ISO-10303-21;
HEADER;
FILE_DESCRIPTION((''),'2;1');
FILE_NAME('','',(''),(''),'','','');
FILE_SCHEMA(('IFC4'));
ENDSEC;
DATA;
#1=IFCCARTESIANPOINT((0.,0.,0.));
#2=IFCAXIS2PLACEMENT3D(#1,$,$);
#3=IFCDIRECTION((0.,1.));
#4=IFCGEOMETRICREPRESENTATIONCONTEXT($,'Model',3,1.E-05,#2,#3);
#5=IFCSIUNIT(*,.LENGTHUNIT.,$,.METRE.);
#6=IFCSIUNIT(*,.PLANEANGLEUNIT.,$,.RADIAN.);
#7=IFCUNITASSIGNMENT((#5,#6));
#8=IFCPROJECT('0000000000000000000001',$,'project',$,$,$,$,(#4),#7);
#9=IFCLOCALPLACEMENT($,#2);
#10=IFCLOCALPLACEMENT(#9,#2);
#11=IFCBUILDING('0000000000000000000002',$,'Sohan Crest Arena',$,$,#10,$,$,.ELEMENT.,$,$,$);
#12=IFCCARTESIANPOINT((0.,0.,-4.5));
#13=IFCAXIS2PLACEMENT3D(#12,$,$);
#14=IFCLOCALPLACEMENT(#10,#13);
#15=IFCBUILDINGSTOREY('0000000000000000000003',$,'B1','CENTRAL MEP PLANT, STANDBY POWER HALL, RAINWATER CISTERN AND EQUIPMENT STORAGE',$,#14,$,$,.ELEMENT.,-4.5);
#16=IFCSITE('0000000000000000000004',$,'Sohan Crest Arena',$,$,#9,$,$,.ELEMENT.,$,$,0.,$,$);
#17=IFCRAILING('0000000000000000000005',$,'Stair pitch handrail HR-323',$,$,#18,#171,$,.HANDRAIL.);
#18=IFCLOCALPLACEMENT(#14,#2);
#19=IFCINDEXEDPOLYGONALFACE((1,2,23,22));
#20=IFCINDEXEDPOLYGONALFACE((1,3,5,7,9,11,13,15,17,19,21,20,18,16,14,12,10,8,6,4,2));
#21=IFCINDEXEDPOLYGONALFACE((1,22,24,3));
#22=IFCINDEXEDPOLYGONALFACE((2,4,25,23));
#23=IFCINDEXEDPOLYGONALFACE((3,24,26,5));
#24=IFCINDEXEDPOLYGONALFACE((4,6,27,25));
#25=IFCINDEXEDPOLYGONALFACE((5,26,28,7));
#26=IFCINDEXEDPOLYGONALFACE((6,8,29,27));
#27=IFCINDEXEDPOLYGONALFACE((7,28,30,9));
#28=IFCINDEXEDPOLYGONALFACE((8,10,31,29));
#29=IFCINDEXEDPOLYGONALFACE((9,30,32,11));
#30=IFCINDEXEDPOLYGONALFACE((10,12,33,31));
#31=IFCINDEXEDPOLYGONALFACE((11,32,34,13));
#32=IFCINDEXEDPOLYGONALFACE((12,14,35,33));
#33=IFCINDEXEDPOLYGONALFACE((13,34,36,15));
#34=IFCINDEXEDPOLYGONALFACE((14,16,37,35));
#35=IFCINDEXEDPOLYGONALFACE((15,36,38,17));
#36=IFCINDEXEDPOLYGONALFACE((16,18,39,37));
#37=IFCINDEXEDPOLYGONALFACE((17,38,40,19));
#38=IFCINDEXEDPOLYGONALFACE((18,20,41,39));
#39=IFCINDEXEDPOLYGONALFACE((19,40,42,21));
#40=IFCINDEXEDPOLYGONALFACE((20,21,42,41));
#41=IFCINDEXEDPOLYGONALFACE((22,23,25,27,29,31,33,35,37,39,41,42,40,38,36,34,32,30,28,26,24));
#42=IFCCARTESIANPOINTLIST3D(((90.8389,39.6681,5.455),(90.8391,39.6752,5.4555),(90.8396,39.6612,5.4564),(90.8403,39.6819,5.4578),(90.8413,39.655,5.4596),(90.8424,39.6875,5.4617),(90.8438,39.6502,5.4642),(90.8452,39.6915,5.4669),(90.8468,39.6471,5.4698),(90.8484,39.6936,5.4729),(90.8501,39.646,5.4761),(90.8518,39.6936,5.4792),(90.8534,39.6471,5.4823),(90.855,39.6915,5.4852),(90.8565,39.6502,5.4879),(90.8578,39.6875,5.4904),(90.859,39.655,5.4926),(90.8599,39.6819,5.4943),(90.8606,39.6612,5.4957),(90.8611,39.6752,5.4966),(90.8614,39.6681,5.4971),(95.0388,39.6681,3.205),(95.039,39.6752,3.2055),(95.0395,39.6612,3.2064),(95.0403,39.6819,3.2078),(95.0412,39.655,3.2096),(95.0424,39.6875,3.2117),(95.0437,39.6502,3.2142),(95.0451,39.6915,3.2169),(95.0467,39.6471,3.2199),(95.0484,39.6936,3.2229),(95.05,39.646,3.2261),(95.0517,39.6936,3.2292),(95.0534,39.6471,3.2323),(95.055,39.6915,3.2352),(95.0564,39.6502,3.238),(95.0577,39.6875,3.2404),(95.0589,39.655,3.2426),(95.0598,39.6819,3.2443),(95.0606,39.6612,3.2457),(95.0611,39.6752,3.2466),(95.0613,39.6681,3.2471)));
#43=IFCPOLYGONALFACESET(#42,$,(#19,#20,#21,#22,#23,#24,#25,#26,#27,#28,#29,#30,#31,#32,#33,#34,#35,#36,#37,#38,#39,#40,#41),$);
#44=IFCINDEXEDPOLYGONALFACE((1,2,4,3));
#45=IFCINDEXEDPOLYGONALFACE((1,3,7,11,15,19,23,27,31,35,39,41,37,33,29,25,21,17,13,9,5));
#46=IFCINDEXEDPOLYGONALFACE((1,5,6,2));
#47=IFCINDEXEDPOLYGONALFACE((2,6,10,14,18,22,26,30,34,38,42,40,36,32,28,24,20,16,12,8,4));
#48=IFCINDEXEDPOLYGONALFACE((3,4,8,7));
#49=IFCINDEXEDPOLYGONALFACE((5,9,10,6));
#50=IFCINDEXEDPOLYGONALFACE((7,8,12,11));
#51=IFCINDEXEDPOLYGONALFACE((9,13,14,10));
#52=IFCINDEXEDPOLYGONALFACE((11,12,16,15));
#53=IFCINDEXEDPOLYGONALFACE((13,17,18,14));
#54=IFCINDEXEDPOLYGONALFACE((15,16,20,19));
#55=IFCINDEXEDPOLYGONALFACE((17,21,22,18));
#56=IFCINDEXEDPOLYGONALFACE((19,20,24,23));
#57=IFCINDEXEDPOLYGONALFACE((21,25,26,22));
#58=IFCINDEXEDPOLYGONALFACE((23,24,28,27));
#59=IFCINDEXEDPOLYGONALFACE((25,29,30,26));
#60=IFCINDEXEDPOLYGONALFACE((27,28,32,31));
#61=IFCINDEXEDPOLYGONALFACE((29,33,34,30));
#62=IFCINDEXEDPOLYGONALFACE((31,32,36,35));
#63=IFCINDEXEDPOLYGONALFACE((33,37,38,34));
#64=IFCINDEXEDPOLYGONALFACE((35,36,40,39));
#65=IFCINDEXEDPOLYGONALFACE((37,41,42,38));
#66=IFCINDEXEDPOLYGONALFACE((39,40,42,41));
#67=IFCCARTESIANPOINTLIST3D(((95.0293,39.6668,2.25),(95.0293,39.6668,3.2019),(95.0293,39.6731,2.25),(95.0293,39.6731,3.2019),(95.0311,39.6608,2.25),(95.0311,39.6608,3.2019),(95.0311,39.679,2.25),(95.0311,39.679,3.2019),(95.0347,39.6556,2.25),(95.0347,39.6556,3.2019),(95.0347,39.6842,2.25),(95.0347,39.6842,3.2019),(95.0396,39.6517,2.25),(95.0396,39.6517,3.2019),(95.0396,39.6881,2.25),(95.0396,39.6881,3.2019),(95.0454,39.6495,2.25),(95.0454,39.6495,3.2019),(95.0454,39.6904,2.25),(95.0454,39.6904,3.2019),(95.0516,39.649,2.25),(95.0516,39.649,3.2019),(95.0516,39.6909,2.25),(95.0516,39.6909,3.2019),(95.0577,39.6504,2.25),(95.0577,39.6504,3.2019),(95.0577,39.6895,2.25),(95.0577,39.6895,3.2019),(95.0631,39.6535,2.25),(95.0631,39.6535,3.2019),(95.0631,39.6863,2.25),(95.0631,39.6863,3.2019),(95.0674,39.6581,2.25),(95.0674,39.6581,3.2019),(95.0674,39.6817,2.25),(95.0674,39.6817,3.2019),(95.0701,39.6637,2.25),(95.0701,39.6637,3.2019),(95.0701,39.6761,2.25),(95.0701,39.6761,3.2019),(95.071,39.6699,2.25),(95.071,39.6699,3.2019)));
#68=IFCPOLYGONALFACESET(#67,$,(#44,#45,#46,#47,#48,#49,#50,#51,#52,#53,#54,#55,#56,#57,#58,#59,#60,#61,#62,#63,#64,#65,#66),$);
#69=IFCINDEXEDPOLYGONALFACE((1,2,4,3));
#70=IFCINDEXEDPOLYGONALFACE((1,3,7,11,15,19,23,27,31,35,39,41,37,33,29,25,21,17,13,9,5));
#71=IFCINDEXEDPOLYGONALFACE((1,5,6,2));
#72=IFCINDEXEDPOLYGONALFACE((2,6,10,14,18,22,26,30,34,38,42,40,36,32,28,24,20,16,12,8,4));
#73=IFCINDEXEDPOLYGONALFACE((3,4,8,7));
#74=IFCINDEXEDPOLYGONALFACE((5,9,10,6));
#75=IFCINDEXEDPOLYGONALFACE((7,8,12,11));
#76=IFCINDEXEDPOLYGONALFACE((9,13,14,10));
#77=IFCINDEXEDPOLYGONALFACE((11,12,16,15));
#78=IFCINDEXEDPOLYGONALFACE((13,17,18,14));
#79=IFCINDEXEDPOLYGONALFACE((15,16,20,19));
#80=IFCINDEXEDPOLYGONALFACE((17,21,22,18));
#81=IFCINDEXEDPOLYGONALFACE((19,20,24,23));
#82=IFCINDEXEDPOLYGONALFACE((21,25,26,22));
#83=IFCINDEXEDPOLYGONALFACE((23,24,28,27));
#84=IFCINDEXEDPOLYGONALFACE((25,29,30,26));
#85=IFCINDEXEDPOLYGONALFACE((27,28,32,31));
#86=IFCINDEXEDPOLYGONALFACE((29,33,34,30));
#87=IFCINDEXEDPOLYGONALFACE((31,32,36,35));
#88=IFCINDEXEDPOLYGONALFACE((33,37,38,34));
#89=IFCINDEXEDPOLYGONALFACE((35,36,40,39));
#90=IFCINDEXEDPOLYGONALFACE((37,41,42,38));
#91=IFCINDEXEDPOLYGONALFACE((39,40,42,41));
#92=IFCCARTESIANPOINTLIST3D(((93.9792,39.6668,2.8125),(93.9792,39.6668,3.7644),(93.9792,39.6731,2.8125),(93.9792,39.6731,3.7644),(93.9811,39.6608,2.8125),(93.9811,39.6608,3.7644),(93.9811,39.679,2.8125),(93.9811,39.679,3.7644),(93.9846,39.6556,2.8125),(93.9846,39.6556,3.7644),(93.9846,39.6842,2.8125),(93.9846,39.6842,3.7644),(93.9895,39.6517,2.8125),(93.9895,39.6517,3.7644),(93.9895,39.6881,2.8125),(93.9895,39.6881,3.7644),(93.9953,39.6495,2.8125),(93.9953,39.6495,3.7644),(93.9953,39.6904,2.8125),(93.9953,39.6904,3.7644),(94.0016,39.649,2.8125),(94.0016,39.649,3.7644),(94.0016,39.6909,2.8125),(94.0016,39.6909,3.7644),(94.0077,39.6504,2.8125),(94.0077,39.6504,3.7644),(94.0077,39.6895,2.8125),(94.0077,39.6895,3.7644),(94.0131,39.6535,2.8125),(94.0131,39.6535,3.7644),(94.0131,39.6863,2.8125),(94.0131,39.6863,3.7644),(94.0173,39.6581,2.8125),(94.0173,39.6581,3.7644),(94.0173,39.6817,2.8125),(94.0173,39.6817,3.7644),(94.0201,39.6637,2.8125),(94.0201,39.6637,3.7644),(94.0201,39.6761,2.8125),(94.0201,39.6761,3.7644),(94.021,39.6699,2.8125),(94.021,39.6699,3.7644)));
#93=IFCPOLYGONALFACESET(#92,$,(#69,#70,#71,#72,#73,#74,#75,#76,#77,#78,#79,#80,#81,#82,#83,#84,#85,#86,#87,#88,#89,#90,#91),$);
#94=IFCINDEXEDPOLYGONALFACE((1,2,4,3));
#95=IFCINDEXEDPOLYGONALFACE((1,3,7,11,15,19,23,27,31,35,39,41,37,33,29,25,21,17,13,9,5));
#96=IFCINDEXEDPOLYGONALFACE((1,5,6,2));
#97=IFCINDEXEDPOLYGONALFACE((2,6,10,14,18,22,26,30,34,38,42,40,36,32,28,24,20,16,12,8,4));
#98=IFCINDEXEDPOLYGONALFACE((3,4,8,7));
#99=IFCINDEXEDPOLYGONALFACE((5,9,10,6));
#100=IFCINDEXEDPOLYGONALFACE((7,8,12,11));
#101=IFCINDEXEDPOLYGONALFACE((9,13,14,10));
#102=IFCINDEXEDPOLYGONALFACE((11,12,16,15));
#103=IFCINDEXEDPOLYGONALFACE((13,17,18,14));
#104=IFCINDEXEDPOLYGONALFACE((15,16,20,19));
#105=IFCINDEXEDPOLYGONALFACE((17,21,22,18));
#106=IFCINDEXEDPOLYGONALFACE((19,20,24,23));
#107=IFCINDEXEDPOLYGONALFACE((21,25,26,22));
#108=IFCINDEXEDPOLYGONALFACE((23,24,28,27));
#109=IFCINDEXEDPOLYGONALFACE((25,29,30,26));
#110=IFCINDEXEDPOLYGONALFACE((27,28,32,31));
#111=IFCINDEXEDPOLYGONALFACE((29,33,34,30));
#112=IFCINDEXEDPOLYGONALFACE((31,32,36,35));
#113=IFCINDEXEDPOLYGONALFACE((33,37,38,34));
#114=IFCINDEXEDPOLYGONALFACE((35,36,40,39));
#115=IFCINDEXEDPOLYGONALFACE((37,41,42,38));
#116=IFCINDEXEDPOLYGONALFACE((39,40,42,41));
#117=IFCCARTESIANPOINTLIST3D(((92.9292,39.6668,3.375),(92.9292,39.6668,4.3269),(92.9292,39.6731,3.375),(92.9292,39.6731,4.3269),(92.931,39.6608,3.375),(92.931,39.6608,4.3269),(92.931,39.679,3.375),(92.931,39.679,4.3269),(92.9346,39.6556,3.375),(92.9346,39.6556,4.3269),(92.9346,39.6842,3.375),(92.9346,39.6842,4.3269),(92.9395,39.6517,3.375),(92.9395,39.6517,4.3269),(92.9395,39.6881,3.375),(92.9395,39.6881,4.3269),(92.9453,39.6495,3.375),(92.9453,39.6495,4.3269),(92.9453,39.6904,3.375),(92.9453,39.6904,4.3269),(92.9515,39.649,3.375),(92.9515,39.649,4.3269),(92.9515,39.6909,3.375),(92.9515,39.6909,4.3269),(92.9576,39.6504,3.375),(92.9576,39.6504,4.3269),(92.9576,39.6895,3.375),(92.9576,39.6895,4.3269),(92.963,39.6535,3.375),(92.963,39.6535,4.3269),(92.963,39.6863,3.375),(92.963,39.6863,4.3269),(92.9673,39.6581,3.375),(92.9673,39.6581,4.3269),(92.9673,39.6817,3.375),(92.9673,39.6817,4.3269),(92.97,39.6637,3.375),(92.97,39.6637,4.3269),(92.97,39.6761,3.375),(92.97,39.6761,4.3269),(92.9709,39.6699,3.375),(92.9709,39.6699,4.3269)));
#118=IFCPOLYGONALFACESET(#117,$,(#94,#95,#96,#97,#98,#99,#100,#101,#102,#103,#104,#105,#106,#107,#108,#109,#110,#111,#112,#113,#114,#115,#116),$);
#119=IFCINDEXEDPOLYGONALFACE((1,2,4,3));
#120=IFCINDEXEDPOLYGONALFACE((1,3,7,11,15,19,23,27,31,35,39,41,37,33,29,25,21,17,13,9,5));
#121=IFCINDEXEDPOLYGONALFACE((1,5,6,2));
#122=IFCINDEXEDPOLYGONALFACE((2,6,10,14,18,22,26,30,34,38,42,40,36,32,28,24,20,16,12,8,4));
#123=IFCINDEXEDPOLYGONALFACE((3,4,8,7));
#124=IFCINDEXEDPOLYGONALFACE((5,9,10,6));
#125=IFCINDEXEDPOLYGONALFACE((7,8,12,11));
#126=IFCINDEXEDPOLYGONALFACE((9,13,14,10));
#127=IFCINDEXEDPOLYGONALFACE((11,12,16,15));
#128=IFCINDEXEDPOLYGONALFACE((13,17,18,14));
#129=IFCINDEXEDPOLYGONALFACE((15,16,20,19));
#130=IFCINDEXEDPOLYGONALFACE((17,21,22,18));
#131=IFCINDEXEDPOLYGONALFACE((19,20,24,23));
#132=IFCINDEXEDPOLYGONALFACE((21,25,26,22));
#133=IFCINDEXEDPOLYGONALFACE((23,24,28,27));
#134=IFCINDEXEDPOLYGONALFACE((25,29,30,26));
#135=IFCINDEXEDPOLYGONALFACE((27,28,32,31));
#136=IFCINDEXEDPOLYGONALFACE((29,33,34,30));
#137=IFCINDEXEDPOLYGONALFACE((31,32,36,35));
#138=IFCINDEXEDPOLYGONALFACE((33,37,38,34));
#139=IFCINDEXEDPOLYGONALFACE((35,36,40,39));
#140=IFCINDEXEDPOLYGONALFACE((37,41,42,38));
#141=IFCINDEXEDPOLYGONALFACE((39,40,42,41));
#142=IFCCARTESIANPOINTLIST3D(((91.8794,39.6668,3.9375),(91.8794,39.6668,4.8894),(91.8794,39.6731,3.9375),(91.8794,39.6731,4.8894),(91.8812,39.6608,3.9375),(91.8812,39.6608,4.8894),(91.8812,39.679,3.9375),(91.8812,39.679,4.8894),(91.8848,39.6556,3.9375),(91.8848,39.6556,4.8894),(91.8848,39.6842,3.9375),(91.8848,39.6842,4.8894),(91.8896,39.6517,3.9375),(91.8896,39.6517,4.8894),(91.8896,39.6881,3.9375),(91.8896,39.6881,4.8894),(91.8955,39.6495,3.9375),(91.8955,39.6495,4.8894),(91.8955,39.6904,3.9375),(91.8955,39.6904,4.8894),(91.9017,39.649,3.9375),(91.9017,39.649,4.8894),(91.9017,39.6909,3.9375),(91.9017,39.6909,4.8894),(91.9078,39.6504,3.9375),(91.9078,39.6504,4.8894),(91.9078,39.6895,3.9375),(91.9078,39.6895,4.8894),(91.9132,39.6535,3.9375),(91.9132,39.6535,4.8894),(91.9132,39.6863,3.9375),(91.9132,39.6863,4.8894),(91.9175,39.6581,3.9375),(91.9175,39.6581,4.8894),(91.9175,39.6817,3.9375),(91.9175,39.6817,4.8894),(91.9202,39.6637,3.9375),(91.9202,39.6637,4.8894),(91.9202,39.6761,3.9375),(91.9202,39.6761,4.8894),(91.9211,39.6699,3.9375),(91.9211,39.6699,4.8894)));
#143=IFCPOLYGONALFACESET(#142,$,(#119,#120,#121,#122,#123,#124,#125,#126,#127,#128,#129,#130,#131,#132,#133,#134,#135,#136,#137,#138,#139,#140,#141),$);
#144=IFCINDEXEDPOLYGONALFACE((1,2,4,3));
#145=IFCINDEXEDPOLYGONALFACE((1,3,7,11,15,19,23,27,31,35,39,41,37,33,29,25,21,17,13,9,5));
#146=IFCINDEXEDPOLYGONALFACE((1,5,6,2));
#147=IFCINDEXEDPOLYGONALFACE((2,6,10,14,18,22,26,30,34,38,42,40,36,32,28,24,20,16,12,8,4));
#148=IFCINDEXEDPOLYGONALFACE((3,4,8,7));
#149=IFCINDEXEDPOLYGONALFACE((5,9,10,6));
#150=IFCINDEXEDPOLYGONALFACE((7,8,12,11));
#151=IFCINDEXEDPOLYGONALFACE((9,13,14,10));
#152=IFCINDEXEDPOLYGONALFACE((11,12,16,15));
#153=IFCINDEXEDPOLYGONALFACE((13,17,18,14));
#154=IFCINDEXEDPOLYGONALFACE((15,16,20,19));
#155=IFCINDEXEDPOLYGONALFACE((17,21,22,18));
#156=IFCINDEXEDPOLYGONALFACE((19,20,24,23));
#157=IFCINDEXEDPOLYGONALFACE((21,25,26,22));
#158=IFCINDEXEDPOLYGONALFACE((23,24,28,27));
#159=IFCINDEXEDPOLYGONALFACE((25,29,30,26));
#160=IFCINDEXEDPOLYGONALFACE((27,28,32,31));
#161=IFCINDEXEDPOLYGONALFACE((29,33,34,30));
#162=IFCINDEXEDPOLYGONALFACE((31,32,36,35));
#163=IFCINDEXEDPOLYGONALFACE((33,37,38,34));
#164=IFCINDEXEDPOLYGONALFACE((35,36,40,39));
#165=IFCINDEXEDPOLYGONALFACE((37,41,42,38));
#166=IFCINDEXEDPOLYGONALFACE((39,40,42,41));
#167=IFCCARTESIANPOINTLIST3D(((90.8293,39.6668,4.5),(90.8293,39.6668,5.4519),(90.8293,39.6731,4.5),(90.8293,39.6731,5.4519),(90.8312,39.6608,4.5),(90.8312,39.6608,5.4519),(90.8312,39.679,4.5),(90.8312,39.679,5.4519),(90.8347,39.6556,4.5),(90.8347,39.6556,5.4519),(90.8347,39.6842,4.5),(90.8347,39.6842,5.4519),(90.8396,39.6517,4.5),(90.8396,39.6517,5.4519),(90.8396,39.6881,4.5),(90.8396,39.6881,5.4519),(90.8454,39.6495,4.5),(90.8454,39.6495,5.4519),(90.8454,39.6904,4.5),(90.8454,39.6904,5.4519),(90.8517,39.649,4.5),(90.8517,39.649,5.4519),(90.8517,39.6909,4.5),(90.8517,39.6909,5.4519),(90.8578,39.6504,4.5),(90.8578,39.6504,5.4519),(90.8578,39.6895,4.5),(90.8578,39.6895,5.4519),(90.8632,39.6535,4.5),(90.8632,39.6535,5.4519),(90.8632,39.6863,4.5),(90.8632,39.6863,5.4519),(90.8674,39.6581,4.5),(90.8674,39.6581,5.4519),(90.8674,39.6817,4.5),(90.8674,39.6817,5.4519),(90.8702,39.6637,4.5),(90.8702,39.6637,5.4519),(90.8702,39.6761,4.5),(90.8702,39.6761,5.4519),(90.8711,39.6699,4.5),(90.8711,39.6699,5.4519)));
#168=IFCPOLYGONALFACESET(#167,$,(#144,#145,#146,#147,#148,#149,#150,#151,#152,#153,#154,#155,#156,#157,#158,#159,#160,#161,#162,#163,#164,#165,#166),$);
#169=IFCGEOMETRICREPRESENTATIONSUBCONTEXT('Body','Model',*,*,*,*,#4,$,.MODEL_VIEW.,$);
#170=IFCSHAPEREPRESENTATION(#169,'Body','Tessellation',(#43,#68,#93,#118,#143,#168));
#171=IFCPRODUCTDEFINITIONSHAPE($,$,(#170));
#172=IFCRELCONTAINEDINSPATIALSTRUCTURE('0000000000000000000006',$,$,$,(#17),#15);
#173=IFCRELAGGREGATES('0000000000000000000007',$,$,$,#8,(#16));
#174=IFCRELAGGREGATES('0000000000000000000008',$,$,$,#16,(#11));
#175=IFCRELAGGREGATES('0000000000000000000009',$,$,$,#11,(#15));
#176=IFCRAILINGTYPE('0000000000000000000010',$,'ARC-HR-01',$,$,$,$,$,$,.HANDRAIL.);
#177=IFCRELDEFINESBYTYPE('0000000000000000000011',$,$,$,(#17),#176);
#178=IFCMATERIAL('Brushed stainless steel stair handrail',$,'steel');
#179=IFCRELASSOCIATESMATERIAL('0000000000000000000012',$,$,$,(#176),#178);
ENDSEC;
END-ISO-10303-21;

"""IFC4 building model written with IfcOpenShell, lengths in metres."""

from ifc_helpers import new_model, si_unit, direction, frame, origin, origin_2d, place, context, subcontext, project, spatial, circle, extrude, material, type_object, element, save


model = new_model("IFC4")

# Units and contexts
model_context = context("Model", 3, precision=1e-05, world=origin(), true_north=direction((0.0, 1.0)))
body_context = subcontext(model_context, "Body", "Model", "MODEL_VIEW")
ifc_project = project(units=[si_unit("LENGTHUNIT", "METRE"), si_unit("PLANEANGLEUNIT", "RADIAN")], contexts=[model_context])

# Site, building, storey
site_placement = place(None, origin())
site = spatial("IfcSite", under=ifc_project, at=site_placement, Name="Sohan Crest Arena", CompositionType="ELEMENT", RefElevation=0.0)
building_placement = place(site_placement, origin())
building = spatial("IfcBuilding", under=site, at=building_placement, Name="Sohan Crest Arena", CompositionType="ELEMENT")
storey_placement = place(building_placement, frame((0.0, 0.0, -4.5)))
storey = spatial("IfcBuildingStorey", under=building, at=storey_placement, Name="B1", Description="CENTRAL MEP PLANT, STANDBY POWER HALL, RAINWATER CISTERN AND EQUIPMENT STORAGE", CompositionType="ELEMENT", Elevation=-4.5)

# Railing
ifc_material_1 = material(Name="Brushed stainless steel stair handrail", Category="steel")
railing_type_1 = type_object("IfcRailingType", Name="ARC-HR-01", PredefinedType="HANDRAIL", material=ifc_material_1)
railing_1_placement = place(storey_placement, frame((95.05, 39.6699, 2.25)))
element("IfcRailing", 1, at=railing_1_placement, inside=storey, type_object=railing_type_1, Name="Stair pitch handrail HR-323", PredefinedType="HANDRAIL", context=body_context, shape_type="SweptSolid", body=[
    extrude(circle(Radius=0.0239, at=origin_2d()), frame((0.0, 0.0, 0.9761), z_axis=(-0.881478, 0.0, 0.472226), x_axis=(0.0, -1.0, 0.0)), (0.0, 0.0, 1.0), 4.7646),
    extrude(circle(Radius=0.021, at=origin_2d()), origin(), (0.0, 0.0, 1.0), 0.9519),
    extrude(circle(Radius=0.021, at=origin_2d()), frame((-1.05, 0.0, 0.5625)), (0.0, 0.0, 1.0), 0.9519),
    extrude(circle(Radius=0.021, at=origin_2d()), frame((-2.1001, 0.0, 1.125)), (0.0, 0.0, 1.0), 0.9519),
    extrude(circle(Radius=0.021, at=origin_2d()), frame((-3.1499, 0.0, 1.6875)), (0.0, 0.0, 1.0), 0.9519),
    extrude(circle(Radius=0.021, at=origin_2d()), frame((-4.2, 0.0, 2.25)), (0.0, 0.0, 1.0), 0.9519),
])

save(model, "model.ifc")
